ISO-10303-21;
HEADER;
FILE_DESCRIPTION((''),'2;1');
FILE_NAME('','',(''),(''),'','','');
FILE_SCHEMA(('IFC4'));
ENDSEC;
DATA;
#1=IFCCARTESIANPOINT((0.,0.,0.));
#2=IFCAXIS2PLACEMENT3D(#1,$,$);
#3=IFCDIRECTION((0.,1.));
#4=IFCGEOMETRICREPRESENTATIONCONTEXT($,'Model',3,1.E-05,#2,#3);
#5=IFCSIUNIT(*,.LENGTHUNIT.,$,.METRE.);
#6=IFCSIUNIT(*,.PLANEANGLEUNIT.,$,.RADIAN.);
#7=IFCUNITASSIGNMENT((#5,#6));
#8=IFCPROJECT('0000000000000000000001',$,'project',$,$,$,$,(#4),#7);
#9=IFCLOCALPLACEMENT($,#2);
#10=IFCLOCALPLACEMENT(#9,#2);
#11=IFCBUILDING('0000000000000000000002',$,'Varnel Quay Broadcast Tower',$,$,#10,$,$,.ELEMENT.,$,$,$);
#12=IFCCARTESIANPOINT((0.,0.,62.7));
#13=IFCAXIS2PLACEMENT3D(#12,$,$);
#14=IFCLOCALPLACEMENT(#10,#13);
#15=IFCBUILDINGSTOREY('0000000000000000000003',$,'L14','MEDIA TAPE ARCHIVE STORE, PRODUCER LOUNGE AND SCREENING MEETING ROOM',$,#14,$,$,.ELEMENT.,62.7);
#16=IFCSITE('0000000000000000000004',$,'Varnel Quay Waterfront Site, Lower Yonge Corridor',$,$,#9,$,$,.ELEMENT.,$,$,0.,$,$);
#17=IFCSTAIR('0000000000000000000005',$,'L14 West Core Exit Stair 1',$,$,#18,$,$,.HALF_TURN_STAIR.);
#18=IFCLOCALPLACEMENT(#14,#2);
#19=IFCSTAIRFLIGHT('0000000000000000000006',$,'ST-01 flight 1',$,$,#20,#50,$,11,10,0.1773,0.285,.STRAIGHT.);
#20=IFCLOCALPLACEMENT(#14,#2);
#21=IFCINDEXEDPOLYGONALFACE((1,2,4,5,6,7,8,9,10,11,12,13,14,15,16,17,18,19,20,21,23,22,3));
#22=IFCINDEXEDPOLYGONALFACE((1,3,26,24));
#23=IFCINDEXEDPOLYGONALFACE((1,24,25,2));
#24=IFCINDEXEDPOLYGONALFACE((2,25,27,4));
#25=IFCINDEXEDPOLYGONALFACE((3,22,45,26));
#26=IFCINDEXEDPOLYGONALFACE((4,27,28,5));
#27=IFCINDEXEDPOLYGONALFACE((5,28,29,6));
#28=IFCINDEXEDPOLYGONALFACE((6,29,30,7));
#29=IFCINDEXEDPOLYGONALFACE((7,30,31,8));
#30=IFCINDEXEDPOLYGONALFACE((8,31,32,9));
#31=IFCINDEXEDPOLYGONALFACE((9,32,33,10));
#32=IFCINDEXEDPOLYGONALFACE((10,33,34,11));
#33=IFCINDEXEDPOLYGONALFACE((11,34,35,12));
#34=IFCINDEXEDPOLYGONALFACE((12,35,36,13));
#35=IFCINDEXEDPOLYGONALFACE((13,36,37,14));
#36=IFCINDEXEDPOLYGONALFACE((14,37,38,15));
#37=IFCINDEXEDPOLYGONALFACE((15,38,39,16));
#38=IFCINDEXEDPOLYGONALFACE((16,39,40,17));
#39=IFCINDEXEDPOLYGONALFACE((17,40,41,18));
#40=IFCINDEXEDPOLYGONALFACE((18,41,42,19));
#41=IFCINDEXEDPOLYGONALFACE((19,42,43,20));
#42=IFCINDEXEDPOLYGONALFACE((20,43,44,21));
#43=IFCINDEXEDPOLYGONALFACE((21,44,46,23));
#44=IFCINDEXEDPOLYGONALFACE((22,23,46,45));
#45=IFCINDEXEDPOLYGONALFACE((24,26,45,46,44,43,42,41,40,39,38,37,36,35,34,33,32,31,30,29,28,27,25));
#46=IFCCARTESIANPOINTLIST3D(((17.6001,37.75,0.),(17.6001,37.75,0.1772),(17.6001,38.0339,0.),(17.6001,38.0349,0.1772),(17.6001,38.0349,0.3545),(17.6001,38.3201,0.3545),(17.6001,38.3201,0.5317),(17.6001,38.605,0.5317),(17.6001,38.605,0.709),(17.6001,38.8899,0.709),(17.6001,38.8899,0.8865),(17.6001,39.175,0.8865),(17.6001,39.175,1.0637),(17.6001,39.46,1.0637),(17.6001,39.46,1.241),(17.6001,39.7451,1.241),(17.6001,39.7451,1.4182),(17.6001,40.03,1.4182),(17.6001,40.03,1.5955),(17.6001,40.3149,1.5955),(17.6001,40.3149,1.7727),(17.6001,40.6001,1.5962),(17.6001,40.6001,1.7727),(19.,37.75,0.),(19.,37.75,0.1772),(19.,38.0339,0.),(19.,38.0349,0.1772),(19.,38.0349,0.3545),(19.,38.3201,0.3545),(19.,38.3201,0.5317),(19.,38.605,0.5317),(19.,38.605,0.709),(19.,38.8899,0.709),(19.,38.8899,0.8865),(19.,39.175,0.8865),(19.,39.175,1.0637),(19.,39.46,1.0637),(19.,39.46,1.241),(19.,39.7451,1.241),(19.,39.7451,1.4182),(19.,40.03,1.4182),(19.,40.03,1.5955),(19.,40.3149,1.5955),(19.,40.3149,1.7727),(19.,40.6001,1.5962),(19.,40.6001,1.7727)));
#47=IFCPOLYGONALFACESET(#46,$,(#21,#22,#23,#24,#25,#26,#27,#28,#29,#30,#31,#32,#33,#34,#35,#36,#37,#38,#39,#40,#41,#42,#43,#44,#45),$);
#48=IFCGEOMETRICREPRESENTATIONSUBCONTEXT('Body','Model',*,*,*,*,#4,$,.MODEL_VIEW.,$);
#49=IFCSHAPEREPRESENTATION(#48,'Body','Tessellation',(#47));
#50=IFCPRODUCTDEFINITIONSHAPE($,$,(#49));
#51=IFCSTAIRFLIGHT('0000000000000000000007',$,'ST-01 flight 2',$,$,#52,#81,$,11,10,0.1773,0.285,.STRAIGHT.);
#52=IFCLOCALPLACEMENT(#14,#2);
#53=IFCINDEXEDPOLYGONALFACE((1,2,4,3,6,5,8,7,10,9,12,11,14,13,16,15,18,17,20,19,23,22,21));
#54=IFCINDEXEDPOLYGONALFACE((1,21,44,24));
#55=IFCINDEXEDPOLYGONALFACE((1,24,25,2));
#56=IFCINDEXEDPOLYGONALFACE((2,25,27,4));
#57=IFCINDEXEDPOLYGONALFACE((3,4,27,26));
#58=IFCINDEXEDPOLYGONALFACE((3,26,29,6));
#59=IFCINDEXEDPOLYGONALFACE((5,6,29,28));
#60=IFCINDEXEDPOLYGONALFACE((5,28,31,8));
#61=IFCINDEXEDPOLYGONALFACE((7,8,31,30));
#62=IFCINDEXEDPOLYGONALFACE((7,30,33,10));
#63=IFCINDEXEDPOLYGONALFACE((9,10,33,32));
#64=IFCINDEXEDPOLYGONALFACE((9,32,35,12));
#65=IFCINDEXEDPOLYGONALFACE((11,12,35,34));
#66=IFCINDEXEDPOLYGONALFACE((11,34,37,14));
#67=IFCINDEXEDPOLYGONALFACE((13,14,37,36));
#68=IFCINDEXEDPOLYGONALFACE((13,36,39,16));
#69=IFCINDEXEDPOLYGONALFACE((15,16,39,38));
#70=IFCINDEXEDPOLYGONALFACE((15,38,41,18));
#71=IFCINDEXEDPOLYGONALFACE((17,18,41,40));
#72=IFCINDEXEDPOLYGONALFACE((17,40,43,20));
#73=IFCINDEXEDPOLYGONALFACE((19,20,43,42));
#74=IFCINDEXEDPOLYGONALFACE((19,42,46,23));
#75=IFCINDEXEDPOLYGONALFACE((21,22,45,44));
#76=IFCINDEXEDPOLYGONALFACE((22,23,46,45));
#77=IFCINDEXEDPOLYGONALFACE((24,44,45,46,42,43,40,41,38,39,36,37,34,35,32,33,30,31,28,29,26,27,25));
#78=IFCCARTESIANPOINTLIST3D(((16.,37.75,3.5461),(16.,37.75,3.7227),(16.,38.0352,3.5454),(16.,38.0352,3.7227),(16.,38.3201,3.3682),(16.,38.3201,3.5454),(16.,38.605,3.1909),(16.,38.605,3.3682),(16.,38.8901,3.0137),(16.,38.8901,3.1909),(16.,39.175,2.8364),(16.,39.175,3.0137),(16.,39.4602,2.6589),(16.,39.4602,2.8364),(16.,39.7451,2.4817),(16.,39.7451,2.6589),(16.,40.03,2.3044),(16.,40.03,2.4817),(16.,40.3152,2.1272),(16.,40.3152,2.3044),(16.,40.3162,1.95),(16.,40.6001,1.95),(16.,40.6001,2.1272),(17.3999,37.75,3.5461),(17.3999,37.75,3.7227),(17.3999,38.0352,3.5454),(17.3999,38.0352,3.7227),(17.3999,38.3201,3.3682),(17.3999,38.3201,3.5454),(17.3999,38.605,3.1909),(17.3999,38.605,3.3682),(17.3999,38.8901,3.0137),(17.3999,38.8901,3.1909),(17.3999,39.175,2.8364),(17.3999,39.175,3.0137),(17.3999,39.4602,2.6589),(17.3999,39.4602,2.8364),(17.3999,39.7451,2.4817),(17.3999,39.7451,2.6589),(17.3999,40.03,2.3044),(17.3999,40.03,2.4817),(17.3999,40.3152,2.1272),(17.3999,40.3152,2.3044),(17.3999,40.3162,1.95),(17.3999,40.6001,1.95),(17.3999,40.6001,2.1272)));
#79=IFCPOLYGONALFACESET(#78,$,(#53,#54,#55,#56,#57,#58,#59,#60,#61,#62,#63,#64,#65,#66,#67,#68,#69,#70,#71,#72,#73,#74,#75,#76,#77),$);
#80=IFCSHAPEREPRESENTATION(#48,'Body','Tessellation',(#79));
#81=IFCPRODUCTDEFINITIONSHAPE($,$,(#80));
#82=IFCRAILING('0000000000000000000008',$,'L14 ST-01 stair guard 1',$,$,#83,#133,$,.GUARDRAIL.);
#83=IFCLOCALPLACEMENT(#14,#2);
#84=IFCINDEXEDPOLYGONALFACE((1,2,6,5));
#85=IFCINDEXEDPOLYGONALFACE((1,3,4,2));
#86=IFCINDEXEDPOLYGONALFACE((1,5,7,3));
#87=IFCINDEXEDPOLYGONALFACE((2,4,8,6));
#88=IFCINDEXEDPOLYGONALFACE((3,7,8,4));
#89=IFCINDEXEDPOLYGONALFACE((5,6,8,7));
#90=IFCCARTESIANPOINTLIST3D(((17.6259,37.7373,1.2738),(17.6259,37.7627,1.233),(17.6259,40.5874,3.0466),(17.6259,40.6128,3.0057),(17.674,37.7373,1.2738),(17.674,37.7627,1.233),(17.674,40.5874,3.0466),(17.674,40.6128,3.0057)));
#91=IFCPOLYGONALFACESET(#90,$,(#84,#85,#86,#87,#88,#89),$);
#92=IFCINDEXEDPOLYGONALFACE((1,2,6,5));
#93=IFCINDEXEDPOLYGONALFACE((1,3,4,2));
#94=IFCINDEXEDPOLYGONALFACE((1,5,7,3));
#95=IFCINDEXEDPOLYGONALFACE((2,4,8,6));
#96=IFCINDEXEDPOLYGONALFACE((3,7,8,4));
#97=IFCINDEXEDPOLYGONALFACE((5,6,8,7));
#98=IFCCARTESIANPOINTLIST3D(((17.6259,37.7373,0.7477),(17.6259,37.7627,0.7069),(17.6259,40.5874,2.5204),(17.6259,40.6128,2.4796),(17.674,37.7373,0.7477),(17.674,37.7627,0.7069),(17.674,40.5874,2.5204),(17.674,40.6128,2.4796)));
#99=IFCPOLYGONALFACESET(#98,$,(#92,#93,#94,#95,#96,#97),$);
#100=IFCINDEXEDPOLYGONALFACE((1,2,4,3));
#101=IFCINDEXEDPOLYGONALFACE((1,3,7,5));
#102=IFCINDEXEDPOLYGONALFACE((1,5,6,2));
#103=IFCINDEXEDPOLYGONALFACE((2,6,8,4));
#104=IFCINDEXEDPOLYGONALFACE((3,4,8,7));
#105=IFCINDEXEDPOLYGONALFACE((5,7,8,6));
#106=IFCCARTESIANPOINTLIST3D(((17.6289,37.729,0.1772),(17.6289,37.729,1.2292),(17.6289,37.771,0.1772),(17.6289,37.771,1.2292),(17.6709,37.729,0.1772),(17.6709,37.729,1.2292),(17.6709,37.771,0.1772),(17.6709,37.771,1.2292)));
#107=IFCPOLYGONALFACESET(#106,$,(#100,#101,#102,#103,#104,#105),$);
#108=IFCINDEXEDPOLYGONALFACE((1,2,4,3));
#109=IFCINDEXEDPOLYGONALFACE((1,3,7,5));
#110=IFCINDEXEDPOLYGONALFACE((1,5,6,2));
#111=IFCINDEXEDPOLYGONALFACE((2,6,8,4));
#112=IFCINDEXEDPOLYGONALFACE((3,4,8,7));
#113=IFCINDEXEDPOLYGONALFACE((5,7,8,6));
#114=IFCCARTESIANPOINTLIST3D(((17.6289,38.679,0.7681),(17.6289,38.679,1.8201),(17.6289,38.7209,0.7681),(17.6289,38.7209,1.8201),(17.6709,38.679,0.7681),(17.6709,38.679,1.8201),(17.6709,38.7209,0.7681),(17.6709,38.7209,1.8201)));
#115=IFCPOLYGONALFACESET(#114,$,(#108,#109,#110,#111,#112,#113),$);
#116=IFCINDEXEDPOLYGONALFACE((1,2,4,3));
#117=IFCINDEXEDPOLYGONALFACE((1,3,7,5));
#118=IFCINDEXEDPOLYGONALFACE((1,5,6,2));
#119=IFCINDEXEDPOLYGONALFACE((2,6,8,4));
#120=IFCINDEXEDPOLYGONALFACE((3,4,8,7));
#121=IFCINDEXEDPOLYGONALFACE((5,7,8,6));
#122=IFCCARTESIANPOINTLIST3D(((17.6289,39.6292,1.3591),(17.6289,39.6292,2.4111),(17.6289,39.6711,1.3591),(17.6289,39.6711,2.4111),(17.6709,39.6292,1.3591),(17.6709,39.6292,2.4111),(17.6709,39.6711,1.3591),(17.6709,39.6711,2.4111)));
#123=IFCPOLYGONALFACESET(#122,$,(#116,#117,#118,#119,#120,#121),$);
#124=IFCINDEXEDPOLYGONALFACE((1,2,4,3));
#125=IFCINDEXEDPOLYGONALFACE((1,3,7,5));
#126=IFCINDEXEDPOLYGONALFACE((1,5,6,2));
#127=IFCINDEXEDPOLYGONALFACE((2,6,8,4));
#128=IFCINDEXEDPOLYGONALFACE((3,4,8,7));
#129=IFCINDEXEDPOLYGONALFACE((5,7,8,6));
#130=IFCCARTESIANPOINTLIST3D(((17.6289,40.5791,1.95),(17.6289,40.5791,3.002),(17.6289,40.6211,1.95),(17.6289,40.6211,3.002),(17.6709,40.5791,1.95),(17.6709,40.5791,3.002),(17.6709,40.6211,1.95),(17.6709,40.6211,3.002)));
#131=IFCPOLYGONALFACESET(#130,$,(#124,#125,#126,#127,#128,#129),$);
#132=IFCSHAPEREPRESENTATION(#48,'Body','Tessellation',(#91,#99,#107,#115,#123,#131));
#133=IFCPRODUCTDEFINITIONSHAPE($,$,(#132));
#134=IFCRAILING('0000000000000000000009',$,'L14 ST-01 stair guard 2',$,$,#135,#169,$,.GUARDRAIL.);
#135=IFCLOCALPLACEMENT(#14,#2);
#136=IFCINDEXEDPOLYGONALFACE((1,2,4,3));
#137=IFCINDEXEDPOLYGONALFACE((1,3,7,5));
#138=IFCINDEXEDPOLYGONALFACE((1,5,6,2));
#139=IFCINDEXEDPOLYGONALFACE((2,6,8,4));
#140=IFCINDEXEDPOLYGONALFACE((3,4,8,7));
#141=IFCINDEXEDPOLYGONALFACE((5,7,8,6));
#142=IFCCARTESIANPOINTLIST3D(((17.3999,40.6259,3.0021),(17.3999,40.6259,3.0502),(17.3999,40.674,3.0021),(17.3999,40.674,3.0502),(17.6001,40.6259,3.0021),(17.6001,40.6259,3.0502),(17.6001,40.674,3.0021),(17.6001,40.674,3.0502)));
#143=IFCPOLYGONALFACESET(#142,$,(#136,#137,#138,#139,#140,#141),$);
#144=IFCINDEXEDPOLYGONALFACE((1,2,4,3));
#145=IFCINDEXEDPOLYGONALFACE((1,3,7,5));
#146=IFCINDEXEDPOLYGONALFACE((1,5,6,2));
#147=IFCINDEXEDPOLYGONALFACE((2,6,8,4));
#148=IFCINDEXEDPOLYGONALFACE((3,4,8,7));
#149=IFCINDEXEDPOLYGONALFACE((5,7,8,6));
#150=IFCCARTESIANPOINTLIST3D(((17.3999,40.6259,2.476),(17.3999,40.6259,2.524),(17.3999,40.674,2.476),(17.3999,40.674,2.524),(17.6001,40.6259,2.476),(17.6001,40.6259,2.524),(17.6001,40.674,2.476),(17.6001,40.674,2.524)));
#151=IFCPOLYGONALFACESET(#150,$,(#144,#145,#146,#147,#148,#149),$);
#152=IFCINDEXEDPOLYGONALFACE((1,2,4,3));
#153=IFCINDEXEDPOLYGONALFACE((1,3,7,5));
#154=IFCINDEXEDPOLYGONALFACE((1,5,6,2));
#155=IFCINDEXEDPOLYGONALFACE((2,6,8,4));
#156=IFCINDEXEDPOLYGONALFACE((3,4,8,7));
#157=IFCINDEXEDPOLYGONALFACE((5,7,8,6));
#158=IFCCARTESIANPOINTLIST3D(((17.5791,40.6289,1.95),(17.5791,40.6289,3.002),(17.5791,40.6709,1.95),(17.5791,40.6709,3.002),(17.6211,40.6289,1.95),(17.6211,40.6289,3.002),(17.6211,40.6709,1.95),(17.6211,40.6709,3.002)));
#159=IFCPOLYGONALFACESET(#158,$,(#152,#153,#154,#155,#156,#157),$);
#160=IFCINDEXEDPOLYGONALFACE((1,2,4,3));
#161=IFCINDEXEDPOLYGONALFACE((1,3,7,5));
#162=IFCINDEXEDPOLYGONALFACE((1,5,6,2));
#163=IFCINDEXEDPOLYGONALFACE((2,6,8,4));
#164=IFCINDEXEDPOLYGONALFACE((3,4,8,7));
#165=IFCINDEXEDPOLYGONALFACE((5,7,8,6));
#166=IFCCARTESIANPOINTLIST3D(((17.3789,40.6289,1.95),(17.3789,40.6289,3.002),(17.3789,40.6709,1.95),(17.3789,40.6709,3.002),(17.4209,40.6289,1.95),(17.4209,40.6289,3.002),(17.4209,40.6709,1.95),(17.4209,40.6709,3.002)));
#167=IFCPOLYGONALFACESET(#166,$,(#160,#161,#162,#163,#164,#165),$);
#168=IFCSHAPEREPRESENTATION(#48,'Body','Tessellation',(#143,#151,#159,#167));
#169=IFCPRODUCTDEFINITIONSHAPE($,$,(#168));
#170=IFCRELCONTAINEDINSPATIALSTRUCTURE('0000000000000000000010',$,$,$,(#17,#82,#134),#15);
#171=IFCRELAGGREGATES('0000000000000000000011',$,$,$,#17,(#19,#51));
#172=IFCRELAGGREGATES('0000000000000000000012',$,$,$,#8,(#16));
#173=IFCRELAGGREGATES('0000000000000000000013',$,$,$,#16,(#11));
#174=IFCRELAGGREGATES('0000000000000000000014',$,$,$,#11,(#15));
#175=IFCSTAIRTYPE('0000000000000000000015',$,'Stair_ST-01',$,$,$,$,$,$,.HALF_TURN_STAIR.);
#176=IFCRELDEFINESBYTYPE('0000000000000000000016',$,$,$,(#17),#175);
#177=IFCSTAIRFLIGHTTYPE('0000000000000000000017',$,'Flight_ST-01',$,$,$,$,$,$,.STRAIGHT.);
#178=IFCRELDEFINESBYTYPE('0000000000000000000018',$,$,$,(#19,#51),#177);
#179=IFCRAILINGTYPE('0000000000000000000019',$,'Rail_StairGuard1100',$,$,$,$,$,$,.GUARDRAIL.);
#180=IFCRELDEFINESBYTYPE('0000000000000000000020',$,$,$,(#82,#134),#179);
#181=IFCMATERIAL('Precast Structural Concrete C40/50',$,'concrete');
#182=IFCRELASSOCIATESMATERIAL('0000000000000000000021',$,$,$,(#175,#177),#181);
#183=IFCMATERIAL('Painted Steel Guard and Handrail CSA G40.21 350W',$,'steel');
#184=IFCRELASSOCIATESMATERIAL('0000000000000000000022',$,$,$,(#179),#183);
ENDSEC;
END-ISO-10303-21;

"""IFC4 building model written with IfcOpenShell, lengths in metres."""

from ifc_helpers import new_model, si_unit, direction, frame, origin, origin_2d, place, context, subcontext, project, spatial, polyline, rectangle, outline, extrude, material, type_object, element, aggregate, save


model = new_model("IFC4")

# Units and contexts
model_context = context("Model", 3, precision=1e-05, world=origin(), true_north=direction((0.0, 1.0)))
body_context = subcontext(model_context, "Body", "Model", "MODEL_VIEW")
ifc_project = project(units=[si_unit("LENGTHUNIT", "METRE"), si_unit("PLANEANGLEUNIT", "RADIAN")], contexts=[model_context])

# Site, building, storey
site_placement = place(None, origin())
site = spatial("IfcSite", under=ifc_project, at=site_placement, Name="Varnel Quay Waterfront Site, Lower Yonge Corridor", CompositionType="ELEMENT", RefElevation=0.0)
building_placement = place(site_placement, origin())
building = spatial("IfcBuilding", under=site, at=building_placement, Name="Varnel Quay Broadcast Tower", CompositionType="ELEMENT")
storey_placement = place(building_placement, frame((0.0, 0.0, 62.7)))
storey = spatial("IfcBuildingStorey", under=building, at=storey_placement, Name="L14", Description="MEDIA TAPE ARCHIVE STORE, PRODUCER LOUNGE AND SCREENING MEETING ROOM", CompositionType="ELEMENT", Elevation=62.7)

# Stair, stair flights
ifc_material_1 = material(Name="Precast Structural Concrete C40/50", Category="concrete")
stair_type = type_object("IfcStairType", Name="Stair_ST-01", PredefinedType="HALF_TURN_STAIR", material=ifc_material_1)
stair_placement = place(storey_placement, origin())
stair = element("IfcStair", 1, at=stair_placement, inside=storey, type_object=stair_type, Name="L14 West Core Exit Stair 1", PredefinedType="HALF_TURN_STAIR")
stair_flight_type = type_object("IfcStairFlightType", Name="Flight_ST-01", PredefinedType="STRAIGHT", material=ifc_material_1)
stair_flight_1_placement = place(storey_placement, frame((18.3, 37.75, 0.0), z_axis=(0.0, 0.0, 1.0), x_axis=(0.0, 1.0, 0.0)))
stair_flight_1 = element("IfcStairFlight", 2, at=stair_flight_1_placement, type_object=stair_flight_type, Name="ST-01 flight 1", NumberOfRisers=11, NumberOfTreads=10, PredefinedType="STRAIGHT", RiserHeight=0.1773, TreadLength=0.285, context=body_context, shape_type="SweptSolid", body=[
    extrude(outline(polyline([(0.0, 0.0), (0.0, 0.1772), (0.2849, 0.1772), (0.2849, 0.3545), (0.5701, 0.3545), (0.5701, 0.5317), (0.855, 0.5317), (0.855, 0.709), (1.1399, 0.709), (1.1399, 0.8865), (1.425, 0.8865), (1.425, 1.0637), (1.71, 1.0637), (1.71, 1.241), (1.9951, 1.241), (1.9951, 1.4182), (2.28, 1.4182), (2.28, 1.5955), (2.5649, 1.5955), (2.5649, 1.7727), (2.8501, 1.7727), (2.8501, 1.95), (2.8501, 1.5962), (0.2839, 0.0), (0.0, 0.0)])), frame((0.0, 0.7, 0.0), z_axis=(0.0, -1.0, 0.0), x_axis=(1.0, 0.0, 0.0)), (0.0, 0.0, 1.0), 1.3999),
])
stair_flight_2_placement = place(storey_placement, frame((16.7, 40.6001, 1.95), z_axis=(0.0, 0.0, 1.0), x_axis=(0.0, -1.0, 0.0)))
stair_flight_2 = element("IfcStairFlight", 3, at=stair_flight_2_placement, type_object=stair_flight_type, Name="ST-01 flight 2", NumberOfRisers=11, NumberOfTreads=10, PredefinedType="STRAIGHT", RiserHeight=0.1773, TreadLength=0.285, context=body_context, shape_type="SweptSolid", body=[
    extrude(outline(polyline([(0.0, 0.0), (0.0, 0.1772), (0.2849, 0.1772), (0.2849, 0.3545), (0.5701, 0.3545), (0.5701, 0.5317), (0.855, 0.5317), (0.855, 0.709), (1.1399, 0.709), (1.1399, 0.8865), (1.425, 0.8865), (1.425, 1.0637), (1.71, 1.0637), (1.71, 1.241), (1.9951, 1.241), (1.9951, 1.4182), (2.28, 1.4182), (2.28, 1.5955), (2.5649, 1.5955), (2.5649, 1.7727), (2.8501, 1.7727), (2.8501, 1.95), (2.8501, 1.5962), (0.2839, 0.0), (0.0, 0.0)])), frame((0.0, 0.7, 0.0), z_axis=(0.0, -1.0, 0.0), x_axis=(1.0, 0.0, 0.0)), (0.0, 0.0, 1.0), 1.3999),
])
aggregate(stair, [stair_flight_1, stair_flight_2])

# Railings
ifc_material_2 = material(Name="Painted Steel Guard and Handrail CSA G40.21 350W", Category="steel")
railing_type_1 = type_object("IfcRailingType", Name="Rail_StairGuard1100", PredefinedType="GUARDRAIL", material=ifc_material_2)
railing_1_placement = place(storey_placement, frame((17.6499, 37.75, 0.1772)))
element("IfcRailing", 4, at=railing_1_placement, inside=storey, type_object=railing_type_1, Name="L14 ST-01 stair guard 1", PredefinedType="GUARDRAIL", context=body_context, shape_type="SweptSolid", body=[
    extrude(rectangle(XDim=0.0481, YDim=0.0481, at=origin_2d()), frame((0.0, 0.0, 1.0762), z_axis=(0.0, 0.849149, 0.528154), x_axis=(-1.0, 0.0, 0.0)), (0.0, 0.0, 1.0), 3.3564),
    extrude(rectangle(XDim=0.0481, YDim=0.0481, at=origin_2d()), frame((0.0, 0.0, 0.55), z_axis=(0.0, 0.849149, 0.528154), x_axis=(-1.0, 0.0, 0.0)), (0.0, 0.0, 1.0), 3.3564),
    extrude(rectangle(XDim=0.042, YDim=0.042, at=origin_2d()), origin(), (0.0, 0.0, 1.0), 1.052),
    extrude(rectangle(XDim=0.042, YDim=0.042, at=origin_2d()), frame((0.0, 0.95, 0.5908)), (0.0, 0.0, 1.0), 1.052),
    extrude(rectangle(XDim=0.042, YDim=0.042, at=origin_2d()), frame((0.0, 1.9001, 1.1819)), (0.0, 0.0, 1.0), 1.052),
    extrude(rectangle(XDim=0.042, YDim=0.042, at=origin_2d()), frame((0.0, 2.8501, 1.7727)), (0.0, 0.0, 1.0), 1.052),
])
railing_2_placement = place(storey_placement, frame((17.6001, 40.6499, 1.95)))
element("IfcRailing", 5, at=railing_2_placement, inside=storey, type_object=railing_type_1, Name="L14 ST-01 stair guard 2", PredefinedType="GUARDRAIL", context=body_context, shape_type="SweptSolid", body=[
    extrude(rectangle(XDim=0.0481, YDim=0.0481, at=origin_2d()), frame((0.0, 0.0, 1.0762), z_axis=(-1.0, 0.0, 0.0), x_axis=(0.0, -1.0, 0.0)), (0.0, 0.0, 1.0), 0.2002),
    extrude(rectangle(XDim=0.0481, YDim=0.0481, at=origin_2d()), frame((0.0, 0.0, 0.55), z_axis=(-1.0, 0.0, 0.0), x_axis=(0.0, -1.0, 0.0)), (0.0, 0.0, 1.0), 0.2002),
    extrude(rectangle(XDim=0.042, YDim=0.042, at=origin_2d()), origin(), (0.0, 0.0, 1.0), 1.052),
    extrude(rectangle(XDim=0.042, YDim=0.042, at=origin_2d()), frame((-0.2002, 0.0, 0.0)), (0.0, 0.0, 1.0), 1.052),
])

save(model, "model.ifc")
